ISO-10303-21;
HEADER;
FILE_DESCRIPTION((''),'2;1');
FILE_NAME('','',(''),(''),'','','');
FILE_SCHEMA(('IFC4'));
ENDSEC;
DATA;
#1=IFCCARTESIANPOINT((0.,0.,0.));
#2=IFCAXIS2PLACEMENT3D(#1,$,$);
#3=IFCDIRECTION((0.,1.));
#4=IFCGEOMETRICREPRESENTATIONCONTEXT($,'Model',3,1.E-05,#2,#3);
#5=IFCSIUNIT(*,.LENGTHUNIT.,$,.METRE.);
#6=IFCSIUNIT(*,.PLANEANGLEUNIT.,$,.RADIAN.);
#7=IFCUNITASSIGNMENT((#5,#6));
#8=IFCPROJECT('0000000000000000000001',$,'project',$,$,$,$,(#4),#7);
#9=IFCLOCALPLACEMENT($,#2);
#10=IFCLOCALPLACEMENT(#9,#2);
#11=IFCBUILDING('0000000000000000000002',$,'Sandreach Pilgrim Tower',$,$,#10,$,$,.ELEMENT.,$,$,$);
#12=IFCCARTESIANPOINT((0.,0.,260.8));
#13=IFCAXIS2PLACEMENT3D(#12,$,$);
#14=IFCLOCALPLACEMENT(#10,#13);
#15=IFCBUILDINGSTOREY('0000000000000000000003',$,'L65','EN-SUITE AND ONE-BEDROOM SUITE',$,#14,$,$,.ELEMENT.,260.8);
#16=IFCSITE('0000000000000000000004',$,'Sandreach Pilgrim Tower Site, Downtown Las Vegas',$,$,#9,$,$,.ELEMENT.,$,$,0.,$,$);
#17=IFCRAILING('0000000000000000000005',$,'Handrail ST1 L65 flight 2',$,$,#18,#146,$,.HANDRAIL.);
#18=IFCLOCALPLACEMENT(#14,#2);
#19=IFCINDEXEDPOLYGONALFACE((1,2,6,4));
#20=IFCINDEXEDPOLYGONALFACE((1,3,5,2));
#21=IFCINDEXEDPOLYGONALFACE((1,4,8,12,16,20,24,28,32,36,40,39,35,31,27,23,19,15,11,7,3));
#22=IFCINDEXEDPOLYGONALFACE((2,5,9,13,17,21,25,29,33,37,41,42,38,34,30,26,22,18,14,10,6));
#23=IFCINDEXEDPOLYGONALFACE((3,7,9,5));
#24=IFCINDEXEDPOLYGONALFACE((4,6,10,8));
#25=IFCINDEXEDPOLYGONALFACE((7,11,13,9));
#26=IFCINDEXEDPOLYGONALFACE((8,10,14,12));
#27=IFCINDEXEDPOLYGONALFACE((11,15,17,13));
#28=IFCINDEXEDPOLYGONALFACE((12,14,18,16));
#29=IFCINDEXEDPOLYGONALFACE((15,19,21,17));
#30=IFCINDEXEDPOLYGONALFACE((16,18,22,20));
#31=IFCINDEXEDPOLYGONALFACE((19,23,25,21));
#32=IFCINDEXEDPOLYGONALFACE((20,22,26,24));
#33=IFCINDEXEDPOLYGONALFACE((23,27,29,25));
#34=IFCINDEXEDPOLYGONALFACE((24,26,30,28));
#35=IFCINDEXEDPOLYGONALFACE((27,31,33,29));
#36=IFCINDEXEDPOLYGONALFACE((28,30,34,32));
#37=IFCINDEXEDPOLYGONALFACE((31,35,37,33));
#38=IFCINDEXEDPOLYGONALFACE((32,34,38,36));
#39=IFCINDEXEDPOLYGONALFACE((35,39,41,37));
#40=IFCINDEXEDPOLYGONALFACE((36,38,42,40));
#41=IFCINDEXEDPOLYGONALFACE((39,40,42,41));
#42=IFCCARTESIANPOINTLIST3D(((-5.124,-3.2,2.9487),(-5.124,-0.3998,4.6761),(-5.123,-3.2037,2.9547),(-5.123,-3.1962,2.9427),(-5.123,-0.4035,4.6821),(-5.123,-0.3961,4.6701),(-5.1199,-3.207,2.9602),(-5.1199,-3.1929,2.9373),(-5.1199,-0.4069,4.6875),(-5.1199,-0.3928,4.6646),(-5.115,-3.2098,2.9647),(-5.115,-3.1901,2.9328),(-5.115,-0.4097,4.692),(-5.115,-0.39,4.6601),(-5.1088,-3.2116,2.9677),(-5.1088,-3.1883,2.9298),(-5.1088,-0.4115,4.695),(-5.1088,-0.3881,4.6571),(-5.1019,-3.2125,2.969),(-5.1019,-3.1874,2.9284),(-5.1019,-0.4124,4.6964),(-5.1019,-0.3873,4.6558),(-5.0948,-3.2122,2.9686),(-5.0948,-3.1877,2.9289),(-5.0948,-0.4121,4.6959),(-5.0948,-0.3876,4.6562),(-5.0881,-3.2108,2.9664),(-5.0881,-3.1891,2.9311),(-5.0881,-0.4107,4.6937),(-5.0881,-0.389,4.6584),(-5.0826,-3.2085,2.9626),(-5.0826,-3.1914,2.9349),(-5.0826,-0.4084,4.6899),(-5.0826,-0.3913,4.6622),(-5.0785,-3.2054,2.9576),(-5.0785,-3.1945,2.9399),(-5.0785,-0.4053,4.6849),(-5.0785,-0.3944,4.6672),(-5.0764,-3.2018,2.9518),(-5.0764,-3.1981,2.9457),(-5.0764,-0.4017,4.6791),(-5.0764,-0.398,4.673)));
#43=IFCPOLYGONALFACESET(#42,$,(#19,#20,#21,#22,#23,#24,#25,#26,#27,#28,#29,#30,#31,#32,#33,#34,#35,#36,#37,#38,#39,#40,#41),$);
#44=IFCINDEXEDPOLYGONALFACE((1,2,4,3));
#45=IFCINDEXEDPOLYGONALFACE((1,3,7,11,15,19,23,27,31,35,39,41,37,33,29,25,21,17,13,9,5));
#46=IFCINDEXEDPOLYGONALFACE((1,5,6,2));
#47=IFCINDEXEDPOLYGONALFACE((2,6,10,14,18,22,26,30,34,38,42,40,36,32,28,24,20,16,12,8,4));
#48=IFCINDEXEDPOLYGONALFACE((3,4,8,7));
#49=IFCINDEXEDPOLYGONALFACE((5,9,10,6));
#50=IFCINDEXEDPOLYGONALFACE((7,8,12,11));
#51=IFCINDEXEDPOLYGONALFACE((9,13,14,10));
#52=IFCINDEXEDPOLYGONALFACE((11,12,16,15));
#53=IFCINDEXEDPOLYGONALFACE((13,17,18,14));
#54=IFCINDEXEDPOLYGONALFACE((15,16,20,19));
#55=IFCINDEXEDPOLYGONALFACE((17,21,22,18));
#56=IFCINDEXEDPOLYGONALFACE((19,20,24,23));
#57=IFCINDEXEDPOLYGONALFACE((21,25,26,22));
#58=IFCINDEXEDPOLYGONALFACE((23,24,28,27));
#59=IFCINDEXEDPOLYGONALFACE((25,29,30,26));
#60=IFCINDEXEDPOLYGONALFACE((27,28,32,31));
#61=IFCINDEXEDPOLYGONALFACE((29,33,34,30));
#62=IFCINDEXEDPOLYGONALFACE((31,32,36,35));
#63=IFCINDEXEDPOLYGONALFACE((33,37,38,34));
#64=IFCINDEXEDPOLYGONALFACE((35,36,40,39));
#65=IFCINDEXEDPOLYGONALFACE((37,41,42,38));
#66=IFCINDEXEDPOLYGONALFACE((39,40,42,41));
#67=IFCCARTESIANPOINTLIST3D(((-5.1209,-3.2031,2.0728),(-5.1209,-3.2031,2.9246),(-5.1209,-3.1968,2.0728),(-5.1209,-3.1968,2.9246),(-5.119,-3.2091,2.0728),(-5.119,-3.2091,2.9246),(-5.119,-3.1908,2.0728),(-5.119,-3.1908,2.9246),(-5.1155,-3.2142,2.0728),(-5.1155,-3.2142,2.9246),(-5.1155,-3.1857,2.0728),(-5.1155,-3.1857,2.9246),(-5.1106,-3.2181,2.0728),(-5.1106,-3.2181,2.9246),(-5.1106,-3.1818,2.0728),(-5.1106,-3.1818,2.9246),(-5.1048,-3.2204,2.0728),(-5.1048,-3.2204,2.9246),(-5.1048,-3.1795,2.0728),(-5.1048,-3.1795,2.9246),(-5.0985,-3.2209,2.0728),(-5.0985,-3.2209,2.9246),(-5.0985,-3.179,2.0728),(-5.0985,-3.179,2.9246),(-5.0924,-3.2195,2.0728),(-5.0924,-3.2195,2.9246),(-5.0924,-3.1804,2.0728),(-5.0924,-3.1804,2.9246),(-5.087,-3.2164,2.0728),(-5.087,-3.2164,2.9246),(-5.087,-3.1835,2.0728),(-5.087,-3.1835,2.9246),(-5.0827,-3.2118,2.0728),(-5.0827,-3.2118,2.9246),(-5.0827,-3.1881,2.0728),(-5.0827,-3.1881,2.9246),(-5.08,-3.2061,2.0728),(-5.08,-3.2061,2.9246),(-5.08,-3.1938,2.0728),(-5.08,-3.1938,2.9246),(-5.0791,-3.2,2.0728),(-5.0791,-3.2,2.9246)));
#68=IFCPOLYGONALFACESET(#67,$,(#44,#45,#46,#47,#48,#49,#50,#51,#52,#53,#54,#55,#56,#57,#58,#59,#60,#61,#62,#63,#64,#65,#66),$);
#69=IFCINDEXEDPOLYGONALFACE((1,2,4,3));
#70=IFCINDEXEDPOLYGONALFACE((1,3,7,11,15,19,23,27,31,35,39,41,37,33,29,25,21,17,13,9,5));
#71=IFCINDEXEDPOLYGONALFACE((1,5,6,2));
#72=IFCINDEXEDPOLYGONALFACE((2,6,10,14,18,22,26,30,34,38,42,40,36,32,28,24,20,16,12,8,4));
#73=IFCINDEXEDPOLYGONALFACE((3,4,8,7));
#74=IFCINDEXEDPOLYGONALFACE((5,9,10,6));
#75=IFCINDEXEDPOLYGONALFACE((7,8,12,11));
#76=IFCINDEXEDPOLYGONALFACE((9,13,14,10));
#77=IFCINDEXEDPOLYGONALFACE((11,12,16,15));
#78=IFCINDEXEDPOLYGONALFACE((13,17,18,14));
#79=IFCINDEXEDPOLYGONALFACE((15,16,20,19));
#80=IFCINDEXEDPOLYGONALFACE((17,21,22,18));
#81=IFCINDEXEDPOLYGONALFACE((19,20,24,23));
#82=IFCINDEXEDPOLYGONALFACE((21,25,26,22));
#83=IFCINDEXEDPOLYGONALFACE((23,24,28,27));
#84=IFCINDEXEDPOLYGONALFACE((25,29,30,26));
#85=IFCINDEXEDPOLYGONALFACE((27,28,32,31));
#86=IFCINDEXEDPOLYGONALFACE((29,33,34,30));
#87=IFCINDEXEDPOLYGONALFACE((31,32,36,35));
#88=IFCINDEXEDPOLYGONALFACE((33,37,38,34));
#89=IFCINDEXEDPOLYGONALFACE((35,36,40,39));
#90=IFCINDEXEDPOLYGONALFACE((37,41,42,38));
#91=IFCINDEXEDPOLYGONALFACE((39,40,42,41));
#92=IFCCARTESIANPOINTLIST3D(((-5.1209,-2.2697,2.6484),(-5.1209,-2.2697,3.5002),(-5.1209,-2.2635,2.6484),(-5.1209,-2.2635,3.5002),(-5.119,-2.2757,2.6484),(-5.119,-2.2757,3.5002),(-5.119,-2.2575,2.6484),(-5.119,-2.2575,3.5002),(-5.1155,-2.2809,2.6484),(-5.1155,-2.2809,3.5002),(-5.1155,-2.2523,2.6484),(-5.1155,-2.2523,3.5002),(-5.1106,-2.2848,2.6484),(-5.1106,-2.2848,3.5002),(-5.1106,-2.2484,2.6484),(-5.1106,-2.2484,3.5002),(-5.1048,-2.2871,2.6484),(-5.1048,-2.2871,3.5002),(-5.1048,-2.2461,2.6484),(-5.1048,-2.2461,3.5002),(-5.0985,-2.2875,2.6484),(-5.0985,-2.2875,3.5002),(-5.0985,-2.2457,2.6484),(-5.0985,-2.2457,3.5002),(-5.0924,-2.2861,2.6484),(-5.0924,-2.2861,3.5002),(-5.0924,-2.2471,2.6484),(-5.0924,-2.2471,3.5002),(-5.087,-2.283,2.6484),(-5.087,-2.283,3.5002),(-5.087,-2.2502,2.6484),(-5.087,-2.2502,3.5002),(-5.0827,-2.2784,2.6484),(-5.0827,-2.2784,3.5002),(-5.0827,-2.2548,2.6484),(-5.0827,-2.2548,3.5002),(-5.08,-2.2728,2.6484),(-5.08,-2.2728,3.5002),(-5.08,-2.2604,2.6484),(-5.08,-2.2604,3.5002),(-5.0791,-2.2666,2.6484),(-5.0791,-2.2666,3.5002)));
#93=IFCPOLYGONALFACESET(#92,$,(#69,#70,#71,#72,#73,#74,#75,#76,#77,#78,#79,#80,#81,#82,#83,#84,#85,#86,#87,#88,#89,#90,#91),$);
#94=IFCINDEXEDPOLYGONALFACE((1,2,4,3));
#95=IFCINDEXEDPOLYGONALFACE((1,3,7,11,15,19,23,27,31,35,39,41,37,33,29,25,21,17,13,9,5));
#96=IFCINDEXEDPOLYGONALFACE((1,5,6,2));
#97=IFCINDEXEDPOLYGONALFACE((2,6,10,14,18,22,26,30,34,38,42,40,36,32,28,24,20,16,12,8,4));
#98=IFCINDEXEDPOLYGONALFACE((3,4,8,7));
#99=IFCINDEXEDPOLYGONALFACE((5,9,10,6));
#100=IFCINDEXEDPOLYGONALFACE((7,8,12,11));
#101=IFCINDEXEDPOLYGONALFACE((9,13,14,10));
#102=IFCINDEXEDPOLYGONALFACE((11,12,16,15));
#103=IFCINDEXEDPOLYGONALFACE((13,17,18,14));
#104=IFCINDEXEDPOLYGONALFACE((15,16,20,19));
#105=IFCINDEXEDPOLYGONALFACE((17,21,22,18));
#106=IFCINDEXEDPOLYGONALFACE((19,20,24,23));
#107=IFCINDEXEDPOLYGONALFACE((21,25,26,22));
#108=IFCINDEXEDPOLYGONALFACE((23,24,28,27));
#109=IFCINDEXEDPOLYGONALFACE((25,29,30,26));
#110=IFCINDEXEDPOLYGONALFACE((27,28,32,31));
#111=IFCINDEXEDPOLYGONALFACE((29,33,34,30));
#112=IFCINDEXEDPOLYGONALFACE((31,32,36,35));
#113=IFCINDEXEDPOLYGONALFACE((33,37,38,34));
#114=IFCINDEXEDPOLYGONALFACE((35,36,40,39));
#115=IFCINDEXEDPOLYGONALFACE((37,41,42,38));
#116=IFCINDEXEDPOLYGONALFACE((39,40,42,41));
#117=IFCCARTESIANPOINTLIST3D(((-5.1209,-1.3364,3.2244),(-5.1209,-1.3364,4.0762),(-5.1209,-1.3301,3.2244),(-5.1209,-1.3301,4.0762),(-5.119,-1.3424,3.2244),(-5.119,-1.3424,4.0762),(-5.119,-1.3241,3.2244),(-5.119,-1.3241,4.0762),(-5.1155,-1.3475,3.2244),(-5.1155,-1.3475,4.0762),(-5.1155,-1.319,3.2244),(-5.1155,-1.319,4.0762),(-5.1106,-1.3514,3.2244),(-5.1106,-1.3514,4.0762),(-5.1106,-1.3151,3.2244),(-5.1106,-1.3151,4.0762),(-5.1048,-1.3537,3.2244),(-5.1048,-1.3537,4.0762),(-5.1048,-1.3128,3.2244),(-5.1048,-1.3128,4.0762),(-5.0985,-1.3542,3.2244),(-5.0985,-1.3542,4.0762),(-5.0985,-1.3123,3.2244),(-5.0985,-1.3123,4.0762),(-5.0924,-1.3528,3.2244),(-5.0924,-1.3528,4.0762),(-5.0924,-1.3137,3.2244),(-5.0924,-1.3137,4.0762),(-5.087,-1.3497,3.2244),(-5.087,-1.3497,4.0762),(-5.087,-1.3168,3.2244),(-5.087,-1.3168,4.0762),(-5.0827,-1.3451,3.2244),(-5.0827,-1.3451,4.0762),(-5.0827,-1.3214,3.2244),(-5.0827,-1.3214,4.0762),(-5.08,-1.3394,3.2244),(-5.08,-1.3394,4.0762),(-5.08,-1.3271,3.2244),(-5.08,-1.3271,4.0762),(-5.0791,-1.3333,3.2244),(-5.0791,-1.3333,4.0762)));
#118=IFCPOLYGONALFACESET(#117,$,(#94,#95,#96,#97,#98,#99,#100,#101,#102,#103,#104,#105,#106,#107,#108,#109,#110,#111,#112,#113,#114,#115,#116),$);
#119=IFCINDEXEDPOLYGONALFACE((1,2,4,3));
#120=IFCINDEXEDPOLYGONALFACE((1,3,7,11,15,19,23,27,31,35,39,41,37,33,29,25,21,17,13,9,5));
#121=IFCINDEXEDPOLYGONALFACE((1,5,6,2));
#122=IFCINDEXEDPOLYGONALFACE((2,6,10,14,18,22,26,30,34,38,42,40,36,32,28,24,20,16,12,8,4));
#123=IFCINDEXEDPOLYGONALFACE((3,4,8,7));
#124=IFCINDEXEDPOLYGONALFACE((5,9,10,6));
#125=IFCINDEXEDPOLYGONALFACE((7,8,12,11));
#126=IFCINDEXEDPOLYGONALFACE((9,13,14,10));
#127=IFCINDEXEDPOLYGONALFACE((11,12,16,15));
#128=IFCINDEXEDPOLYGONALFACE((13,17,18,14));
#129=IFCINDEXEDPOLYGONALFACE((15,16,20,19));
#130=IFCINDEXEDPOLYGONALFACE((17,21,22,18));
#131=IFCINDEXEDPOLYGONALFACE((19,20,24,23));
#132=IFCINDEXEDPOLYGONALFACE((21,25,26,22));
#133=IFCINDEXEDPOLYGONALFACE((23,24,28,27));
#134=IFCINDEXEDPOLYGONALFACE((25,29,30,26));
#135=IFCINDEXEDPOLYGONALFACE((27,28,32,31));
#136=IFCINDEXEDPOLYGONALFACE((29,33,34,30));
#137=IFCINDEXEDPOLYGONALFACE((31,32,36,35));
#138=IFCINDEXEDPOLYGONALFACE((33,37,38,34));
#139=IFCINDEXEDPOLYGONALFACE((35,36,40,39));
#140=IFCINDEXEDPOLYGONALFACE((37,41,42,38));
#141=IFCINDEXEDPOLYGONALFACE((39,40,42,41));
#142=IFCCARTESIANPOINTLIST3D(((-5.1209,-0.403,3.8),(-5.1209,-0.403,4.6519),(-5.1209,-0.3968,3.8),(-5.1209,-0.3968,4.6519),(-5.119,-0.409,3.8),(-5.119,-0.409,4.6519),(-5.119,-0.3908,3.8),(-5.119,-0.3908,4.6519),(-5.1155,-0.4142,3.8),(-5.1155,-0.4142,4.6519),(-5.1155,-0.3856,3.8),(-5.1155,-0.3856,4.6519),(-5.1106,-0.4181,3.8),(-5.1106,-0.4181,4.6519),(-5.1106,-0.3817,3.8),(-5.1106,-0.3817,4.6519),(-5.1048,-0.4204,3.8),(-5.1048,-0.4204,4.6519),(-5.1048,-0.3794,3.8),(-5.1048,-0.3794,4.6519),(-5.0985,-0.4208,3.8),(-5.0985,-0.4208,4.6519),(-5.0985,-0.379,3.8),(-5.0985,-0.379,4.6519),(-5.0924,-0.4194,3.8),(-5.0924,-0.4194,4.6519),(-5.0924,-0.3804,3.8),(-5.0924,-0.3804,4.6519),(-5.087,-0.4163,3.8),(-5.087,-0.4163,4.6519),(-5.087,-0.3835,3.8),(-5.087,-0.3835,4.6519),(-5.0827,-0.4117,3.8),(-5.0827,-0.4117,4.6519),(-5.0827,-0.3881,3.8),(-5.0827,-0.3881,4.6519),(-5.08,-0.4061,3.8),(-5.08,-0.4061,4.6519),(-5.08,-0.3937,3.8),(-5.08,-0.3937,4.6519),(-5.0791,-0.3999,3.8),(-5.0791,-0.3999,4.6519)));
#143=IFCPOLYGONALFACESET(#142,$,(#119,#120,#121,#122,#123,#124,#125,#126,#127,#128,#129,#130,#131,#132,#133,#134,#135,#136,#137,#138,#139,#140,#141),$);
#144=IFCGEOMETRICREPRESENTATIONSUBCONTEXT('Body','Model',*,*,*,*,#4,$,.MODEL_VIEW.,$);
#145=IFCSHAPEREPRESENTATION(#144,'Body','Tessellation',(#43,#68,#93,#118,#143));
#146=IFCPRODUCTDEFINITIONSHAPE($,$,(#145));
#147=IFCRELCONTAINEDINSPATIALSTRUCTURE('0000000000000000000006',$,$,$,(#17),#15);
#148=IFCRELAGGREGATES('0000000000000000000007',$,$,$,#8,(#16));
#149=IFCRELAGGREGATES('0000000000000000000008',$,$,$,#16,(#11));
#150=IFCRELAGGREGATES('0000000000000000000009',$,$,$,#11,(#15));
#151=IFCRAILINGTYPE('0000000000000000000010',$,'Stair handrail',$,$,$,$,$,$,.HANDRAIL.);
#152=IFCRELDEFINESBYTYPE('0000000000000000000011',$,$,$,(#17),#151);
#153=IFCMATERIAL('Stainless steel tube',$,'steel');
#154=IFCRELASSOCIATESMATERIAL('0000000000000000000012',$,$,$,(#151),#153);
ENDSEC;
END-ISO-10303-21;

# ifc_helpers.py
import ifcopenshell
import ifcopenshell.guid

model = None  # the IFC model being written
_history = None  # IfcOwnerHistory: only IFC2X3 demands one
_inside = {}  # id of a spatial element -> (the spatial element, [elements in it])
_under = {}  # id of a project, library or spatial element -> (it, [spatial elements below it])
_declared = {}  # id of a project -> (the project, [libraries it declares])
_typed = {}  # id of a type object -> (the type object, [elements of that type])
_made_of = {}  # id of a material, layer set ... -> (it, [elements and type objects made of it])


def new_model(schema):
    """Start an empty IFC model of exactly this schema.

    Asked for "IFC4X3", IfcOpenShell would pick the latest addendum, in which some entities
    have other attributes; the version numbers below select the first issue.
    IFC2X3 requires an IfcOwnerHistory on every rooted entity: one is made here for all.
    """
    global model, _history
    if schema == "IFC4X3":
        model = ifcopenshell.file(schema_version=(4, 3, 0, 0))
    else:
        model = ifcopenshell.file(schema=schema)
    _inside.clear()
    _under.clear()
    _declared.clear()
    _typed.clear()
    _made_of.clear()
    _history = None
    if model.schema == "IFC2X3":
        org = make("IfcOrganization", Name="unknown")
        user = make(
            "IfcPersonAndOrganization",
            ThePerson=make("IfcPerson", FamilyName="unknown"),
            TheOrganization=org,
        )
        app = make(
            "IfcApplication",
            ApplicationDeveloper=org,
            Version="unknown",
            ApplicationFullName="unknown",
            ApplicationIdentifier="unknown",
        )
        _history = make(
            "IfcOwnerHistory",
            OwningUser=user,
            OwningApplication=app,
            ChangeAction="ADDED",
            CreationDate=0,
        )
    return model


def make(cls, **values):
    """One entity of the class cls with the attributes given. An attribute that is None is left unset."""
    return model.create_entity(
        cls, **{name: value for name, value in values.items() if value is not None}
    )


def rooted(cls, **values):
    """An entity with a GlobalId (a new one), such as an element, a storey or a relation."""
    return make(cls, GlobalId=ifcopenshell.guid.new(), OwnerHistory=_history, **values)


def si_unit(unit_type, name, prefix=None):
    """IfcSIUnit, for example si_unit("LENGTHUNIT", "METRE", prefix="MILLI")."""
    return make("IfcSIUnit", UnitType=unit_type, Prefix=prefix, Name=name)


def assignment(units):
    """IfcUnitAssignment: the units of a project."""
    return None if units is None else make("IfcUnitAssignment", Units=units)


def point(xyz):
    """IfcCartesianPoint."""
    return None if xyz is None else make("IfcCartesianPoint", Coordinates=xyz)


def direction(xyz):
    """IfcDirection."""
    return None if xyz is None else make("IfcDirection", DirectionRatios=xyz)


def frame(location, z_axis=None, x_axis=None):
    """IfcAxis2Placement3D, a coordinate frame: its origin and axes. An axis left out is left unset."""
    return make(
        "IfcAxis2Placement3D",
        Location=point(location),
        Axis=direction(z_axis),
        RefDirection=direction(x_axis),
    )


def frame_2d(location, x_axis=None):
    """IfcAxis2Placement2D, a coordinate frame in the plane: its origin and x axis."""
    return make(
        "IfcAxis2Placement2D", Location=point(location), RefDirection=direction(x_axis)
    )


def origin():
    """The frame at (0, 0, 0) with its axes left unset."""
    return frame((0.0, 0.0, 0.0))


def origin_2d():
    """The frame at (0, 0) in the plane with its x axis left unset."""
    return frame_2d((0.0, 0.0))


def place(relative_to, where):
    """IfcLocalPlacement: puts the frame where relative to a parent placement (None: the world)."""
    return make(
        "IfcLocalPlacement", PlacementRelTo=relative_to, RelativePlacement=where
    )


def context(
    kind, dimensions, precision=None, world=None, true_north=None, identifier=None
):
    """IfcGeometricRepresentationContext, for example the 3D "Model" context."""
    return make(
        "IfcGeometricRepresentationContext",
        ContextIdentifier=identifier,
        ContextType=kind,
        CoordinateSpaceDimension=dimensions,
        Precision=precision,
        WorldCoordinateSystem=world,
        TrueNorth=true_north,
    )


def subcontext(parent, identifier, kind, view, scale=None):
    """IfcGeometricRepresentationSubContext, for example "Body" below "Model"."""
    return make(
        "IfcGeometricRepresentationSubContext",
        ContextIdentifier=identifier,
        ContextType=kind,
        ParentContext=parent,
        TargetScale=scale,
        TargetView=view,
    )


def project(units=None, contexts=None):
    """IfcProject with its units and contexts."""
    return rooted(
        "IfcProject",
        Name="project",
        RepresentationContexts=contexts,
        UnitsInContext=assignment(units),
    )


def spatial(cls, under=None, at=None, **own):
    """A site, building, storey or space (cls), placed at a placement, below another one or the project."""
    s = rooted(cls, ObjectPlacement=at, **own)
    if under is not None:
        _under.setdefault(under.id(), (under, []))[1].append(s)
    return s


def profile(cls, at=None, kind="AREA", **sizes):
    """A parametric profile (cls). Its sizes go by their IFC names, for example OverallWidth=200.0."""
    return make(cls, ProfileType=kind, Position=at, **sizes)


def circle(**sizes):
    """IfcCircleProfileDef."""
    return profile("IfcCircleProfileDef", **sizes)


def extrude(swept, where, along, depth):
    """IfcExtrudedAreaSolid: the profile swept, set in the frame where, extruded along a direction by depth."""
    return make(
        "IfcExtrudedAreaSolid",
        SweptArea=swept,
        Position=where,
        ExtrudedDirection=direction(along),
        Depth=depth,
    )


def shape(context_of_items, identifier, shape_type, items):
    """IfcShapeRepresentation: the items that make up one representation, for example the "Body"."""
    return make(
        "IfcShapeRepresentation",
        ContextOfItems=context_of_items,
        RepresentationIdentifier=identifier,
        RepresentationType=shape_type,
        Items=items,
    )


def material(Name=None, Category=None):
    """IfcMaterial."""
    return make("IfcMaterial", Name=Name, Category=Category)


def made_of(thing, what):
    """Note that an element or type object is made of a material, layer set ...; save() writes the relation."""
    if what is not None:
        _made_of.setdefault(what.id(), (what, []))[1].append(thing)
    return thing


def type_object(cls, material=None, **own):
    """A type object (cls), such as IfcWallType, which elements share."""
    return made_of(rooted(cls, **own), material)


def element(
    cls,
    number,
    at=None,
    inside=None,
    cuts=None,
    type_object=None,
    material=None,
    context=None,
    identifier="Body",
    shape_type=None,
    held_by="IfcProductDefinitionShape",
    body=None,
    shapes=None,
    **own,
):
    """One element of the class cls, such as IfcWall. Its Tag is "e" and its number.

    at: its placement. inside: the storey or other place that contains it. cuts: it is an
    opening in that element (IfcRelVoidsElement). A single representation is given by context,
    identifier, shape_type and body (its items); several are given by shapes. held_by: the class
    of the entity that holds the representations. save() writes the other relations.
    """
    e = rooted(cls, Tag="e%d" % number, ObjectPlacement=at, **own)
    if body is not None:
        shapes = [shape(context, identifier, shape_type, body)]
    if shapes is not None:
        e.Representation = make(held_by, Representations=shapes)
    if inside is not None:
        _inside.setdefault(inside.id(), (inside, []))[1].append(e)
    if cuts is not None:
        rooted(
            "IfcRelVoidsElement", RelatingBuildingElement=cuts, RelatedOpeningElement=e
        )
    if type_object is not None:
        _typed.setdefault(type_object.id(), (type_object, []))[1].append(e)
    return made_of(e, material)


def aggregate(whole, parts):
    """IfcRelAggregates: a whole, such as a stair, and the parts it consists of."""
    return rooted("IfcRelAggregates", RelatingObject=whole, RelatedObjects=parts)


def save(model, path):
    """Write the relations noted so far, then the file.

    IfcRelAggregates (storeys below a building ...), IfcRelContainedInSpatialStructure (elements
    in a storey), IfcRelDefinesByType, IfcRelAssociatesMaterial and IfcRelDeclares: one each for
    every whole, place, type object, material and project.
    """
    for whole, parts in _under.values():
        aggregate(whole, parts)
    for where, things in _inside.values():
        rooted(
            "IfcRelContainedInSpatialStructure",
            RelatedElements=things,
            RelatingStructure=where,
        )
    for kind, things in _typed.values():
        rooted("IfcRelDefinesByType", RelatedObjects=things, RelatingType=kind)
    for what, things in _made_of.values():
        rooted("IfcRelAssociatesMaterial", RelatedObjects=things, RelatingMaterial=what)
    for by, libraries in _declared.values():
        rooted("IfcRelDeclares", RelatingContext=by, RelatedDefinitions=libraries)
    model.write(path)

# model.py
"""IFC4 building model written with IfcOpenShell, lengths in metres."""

from ifc_helpers import new_model, si_unit, direction, frame, origin, origin_2d, place, context, subcontext, project, spatial, circle, extrude, material, type_object, element, save


model = new_model("IFC4")

# Units and contexts
model_context = context("Model", 3, precision=1e-05, world=origin(), true_north=direction((0.0, 1.0)))
body_context = subcontext(model_context, "Body", "Model", "MODEL_VIEW")
ifc_project = project(units=[si_unit("LENGTHUNIT", "METRE"), si_unit("PLANEANGLEUNIT", "RADIAN")], contexts=[model_context])

# Site, building, storey
site_placement = place(None, origin())
site = spatial("IfcSite", under=ifc_project, at=site_placement, Name="Sandreach Pilgrim Tower Site, Downtown Las Vegas", CompositionType="ELEMENT", RefElevation=0.0)
building_placement = place(site_placement, origin())
building = spatial("IfcBuilding", under=site, at=building_placement, Name="Sandreach Pilgrim Tower", CompositionType="ELEMENT")
storey_placement = place(building_placement, frame((0.0, 0.0, 260.8)))
storey = spatial("IfcBuildingStorey", under=building, at=storey_placement, Name="L65", Description="EN-SUITE AND ONE-BEDROOM SUITE", CompositionType="ELEMENT", Elevation=260.8)

# Railing
ifc_material_1 = material(Name="Stainless steel tube", Category="steel")
railing_type = type_object("IfcRailingType", Name="Stair handrail", PredefinedType="HANDRAIL", material=ifc_material_1)
for number, where, name in (
    (1, (-5.1001, -3.2, 2.0728), "Handrail ST1 L65 flight 2"),
):
    element("IfcRailing", number, at=place(storey_placement, frame(where)), inside=storey, type_object=railing_type, Name=name, PredefinedType="HANDRAIL", context=body_context, shape_type="SweptSolid", body=[
        extrude(circle(Radius=0.0239, at=origin_2d()), frame((0.0, 0.0, 0.876), z_axis=(0.0, 0.85109, 0.52502), x_axis=(-1.0, 0.0, 0.0)), (0.0, 0.0, 1.0), 3.29),
        extrude(circle(Radius=0.021, at=origin_2d()), origin(), (0.0, 0.0, 1.0), 0.8518),
        extrude(circle(Radius=0.021, at=origin_2d()), frame((0.0, 0.9333, 0.5757)), (0.0, 0.0, 1.0), 0.8518),
        extrude(circle(Radius=0.021, at=origin_2d()), frame((0.0, 1.8667, 1.1516)), (0.0, 0.0, 1.0), 0.8518),
        extrude(circle(Radius=0.021, at=origin_2d()), frame((0.0, 2.8, 1.7273)), (0.0, 0.0, 1.0), 0.8518),
    ])

save(model, "model.ifc")
